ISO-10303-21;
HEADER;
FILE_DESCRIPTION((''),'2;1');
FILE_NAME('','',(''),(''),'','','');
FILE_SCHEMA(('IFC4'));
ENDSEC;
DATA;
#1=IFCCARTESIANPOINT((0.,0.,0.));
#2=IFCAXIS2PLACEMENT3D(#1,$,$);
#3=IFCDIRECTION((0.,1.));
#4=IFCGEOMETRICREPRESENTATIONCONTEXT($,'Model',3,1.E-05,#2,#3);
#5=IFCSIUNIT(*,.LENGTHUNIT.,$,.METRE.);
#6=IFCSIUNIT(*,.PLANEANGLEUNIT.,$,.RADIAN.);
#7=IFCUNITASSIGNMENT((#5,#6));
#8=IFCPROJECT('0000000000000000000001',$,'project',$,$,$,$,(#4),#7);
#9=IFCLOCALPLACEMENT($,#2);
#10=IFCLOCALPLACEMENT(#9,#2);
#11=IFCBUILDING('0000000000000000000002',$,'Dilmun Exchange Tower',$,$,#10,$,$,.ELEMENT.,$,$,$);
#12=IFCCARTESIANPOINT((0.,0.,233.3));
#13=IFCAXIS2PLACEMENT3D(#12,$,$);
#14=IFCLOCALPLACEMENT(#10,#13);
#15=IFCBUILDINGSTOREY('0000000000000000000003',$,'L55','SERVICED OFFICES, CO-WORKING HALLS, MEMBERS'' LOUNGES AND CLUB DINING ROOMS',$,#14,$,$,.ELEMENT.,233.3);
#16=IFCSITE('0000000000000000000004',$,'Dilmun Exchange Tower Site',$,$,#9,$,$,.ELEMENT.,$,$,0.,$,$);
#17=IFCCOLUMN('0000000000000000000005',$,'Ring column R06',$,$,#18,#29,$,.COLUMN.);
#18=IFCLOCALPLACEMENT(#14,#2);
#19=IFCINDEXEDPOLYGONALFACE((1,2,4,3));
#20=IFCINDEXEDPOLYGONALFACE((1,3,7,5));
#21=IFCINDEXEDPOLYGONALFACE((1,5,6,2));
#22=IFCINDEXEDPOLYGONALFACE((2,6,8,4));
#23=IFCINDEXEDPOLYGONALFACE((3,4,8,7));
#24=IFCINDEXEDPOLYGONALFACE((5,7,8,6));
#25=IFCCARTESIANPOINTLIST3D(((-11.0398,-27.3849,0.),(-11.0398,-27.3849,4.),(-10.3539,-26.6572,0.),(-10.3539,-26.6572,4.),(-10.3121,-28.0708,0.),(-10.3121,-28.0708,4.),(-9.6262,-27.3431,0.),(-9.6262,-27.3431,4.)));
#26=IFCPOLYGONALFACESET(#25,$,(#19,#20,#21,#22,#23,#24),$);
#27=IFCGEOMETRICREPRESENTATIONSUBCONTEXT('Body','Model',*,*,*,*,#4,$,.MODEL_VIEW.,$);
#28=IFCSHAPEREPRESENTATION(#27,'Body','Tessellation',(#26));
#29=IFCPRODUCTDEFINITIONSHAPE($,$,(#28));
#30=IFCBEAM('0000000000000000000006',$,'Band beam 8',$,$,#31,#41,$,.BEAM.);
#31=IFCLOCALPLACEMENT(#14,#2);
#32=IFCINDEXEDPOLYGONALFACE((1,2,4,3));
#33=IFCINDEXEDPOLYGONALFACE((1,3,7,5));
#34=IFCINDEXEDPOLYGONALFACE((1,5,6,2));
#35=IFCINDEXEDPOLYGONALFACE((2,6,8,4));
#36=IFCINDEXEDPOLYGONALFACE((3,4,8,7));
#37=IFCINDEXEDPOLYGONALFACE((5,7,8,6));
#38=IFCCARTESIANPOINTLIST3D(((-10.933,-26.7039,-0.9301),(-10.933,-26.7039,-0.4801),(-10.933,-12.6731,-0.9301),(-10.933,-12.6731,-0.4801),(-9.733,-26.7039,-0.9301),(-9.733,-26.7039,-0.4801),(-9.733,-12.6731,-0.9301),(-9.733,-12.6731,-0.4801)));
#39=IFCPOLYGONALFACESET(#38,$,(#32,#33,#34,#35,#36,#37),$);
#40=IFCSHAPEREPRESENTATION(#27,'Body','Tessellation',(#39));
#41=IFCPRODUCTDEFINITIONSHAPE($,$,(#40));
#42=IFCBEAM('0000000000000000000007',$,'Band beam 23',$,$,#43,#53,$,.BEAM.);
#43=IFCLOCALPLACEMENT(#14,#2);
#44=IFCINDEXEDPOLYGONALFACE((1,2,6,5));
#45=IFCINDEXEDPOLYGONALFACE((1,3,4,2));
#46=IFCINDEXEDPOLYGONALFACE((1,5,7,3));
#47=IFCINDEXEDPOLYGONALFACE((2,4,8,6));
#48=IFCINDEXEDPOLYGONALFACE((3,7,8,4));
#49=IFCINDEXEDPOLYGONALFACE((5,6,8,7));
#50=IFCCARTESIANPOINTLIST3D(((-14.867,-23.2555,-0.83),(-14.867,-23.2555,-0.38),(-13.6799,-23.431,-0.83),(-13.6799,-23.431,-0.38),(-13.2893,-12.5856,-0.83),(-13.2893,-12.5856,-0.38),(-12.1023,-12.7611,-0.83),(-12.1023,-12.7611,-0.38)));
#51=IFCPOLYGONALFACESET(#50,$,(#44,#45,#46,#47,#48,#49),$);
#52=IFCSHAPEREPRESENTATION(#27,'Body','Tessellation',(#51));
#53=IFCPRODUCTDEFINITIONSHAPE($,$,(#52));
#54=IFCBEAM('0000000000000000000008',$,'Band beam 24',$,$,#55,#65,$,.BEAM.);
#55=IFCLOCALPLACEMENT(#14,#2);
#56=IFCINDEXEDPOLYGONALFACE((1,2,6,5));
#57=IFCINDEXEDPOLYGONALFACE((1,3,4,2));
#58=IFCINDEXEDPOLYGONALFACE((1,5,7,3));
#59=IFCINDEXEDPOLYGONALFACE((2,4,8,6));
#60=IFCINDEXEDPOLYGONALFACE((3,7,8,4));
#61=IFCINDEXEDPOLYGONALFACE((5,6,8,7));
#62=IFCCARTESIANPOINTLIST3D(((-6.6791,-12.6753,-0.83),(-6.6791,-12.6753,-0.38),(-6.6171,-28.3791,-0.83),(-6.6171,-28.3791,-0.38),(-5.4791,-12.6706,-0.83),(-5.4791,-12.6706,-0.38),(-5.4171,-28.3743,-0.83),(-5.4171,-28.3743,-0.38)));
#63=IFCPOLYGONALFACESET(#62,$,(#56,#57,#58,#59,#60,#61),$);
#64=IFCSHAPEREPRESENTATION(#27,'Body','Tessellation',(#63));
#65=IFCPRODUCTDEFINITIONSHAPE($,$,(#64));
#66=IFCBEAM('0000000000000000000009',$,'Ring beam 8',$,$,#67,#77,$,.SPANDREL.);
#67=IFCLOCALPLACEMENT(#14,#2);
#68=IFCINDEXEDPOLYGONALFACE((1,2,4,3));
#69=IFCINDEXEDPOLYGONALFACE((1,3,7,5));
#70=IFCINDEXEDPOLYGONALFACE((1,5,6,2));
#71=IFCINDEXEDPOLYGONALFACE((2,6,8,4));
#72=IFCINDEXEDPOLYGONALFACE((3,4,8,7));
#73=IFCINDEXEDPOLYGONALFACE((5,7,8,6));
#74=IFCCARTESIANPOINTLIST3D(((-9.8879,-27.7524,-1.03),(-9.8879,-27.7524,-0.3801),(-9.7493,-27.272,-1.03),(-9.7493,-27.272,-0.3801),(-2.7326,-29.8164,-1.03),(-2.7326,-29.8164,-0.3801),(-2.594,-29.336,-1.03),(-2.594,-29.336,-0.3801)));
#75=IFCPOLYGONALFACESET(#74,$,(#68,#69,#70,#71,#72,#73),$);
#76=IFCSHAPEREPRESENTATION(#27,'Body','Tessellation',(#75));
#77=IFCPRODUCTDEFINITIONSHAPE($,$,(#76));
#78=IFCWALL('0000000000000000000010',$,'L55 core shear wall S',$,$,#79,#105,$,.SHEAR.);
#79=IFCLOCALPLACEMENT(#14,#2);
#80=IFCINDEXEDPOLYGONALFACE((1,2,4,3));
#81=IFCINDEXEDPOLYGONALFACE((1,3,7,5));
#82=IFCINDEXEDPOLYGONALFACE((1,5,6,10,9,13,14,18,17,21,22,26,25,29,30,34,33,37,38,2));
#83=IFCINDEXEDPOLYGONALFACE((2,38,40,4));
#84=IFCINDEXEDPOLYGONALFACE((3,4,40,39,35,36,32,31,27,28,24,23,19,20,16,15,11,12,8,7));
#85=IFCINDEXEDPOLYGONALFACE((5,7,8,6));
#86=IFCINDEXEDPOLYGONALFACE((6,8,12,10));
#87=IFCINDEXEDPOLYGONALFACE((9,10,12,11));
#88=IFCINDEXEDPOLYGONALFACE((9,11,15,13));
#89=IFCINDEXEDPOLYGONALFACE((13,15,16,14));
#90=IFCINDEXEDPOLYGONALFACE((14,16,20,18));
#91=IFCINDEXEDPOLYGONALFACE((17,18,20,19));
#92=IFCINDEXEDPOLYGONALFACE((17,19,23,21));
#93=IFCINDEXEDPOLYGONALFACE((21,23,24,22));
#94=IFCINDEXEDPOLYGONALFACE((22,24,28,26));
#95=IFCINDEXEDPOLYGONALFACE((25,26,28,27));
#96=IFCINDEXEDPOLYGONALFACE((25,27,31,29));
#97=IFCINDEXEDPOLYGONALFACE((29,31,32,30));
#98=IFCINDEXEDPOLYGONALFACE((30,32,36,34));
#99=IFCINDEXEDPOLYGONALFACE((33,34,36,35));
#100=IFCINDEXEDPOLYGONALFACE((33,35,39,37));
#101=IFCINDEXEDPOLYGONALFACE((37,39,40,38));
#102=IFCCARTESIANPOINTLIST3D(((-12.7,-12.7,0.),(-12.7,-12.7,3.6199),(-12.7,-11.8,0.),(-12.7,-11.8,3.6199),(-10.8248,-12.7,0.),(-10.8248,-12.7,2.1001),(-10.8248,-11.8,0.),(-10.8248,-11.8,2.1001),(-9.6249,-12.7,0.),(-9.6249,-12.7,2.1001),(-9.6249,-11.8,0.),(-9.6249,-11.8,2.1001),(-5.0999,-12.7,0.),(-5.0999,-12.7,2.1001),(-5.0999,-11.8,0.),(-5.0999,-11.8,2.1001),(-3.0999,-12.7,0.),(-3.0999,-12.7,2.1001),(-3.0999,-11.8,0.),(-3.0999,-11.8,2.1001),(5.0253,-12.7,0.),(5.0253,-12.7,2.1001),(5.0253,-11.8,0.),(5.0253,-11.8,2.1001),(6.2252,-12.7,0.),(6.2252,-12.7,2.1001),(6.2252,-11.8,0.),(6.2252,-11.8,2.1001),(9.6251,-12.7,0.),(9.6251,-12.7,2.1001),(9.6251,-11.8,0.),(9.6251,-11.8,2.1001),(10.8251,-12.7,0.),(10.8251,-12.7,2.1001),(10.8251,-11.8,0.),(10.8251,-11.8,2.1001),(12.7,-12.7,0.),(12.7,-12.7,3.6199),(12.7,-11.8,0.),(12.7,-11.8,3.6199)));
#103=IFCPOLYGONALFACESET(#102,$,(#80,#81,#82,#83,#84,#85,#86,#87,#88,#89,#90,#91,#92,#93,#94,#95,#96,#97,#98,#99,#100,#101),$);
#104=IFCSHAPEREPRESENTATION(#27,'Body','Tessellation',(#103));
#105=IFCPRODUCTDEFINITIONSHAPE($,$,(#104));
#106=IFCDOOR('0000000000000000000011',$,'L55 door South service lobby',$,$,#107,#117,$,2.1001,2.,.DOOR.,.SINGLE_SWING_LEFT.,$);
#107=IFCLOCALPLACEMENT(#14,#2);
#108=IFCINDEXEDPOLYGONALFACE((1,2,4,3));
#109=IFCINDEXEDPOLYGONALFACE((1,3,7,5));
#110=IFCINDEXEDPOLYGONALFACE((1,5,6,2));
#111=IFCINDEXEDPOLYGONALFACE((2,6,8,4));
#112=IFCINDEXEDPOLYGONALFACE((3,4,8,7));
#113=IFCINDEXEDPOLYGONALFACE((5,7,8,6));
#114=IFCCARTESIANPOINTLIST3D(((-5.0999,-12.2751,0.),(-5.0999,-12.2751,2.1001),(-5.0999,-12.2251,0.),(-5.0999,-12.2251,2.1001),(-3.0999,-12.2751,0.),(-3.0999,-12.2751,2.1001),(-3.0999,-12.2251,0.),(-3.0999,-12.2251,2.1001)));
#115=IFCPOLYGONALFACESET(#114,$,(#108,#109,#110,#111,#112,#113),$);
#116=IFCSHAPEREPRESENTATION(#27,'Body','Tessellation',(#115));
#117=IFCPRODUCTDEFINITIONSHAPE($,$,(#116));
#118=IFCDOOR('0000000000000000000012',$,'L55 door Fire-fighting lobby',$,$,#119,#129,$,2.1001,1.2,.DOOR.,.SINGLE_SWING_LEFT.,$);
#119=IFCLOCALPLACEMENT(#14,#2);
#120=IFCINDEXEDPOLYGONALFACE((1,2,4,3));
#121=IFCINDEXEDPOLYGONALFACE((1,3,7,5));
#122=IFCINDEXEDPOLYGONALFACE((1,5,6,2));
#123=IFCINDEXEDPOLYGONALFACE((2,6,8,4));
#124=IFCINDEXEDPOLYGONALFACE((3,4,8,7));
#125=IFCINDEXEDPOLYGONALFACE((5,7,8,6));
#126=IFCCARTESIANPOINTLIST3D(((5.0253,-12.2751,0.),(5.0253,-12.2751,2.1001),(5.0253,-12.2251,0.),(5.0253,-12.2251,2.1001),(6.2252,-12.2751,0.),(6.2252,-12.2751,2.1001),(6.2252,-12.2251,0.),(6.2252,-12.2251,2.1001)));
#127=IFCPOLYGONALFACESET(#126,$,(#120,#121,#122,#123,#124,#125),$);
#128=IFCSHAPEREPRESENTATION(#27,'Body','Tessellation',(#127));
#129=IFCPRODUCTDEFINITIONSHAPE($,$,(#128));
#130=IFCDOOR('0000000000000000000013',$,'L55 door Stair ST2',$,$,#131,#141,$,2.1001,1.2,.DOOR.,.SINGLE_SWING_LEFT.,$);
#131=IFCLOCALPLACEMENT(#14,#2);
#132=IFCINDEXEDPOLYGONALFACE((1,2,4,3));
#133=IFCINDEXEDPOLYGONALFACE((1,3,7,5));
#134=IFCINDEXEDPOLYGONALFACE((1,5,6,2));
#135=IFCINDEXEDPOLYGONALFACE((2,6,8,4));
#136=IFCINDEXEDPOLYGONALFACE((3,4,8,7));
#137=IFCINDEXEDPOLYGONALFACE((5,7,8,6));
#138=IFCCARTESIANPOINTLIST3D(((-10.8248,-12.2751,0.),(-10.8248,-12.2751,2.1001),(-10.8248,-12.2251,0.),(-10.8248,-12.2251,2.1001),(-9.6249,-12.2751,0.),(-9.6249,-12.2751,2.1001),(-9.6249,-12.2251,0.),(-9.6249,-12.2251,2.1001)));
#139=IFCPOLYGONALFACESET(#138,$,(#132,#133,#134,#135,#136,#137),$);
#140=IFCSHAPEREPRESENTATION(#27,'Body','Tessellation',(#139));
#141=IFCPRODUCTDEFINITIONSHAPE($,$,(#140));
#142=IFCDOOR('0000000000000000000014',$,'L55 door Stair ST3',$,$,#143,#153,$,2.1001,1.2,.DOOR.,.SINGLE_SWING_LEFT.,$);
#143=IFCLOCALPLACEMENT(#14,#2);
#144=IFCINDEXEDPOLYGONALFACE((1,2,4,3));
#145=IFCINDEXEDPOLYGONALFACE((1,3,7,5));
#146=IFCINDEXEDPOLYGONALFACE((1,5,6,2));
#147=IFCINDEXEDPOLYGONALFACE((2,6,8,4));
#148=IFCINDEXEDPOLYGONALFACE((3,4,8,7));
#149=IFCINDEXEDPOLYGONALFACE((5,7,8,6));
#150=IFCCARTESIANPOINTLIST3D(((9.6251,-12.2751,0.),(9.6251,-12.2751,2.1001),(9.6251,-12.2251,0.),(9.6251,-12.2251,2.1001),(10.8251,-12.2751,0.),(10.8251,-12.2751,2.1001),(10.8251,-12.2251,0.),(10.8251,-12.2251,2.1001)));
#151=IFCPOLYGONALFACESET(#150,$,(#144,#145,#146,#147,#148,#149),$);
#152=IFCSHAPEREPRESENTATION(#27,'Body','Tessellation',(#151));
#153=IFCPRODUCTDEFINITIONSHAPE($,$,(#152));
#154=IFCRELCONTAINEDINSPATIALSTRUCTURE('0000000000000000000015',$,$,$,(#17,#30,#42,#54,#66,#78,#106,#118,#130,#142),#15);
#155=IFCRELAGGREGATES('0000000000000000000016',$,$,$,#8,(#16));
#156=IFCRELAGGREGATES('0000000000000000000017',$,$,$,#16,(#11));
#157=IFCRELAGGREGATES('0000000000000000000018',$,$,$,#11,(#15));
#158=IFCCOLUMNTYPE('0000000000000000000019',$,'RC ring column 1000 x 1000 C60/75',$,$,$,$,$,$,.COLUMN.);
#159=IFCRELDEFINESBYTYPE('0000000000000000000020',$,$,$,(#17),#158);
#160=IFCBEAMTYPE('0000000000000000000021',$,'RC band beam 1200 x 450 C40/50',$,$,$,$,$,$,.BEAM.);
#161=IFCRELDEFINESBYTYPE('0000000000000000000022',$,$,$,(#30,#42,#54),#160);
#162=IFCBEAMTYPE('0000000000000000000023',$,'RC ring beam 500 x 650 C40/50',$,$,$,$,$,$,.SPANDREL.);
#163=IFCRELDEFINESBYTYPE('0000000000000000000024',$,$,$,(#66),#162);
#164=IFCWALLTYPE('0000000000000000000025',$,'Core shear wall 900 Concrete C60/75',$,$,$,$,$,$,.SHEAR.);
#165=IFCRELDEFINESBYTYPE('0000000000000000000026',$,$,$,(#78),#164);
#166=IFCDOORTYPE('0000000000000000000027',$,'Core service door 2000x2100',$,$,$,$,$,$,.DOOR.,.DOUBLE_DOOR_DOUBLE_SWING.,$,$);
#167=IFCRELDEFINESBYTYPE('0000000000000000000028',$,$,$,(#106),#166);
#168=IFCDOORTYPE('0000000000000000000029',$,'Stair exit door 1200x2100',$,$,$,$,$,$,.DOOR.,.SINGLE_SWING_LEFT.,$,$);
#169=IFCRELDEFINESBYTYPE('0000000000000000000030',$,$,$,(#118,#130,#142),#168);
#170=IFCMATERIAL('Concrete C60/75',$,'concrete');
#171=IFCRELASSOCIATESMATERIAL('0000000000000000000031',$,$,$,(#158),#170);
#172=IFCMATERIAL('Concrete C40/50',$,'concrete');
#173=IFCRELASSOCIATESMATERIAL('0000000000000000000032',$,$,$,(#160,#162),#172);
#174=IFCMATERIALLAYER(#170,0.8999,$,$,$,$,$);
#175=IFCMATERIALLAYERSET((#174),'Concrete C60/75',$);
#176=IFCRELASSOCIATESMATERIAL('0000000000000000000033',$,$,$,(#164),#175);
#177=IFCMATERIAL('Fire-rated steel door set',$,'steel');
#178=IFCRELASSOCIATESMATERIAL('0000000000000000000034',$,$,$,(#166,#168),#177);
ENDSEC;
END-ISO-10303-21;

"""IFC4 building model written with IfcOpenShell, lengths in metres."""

from ifc_helpers import new_model, si_unit, direction, frame, frame_2d, origin, origin_2d, place, context, subcontext, project, spatial, rectangle, extrude, material, layer, layer_set, material_profile, profile_set, type_object, element, fill, save


model = new_model("IFC4")

# Units and contexts
model_context = context("Model", 3, precision=1e-05, world=origin(), true_north=direction((0.0, 1.0)))
body_context = subcontext(model_context, "Body", "Model", "MODEL_VIEW")
ifc_project = project(units=[si_unit("LENGTHUNIT", "METRE"), si_unit("PLANEANGLEUNIT", "RADIAN")], contexts=[model_context])

# Site, building, storey
site_placement = place(None, origin())
site = spatial("IfcSite", under=ifc_project, at=site_placement, Name="Dilmun Exchange Tower Site", CompositionType="ELEMENT", RefElevation=0.0)
building_placement = place(site_placement, origin())
building = spatial("IfcBuilding", under=site, at=building_placement, Name="Dilmun Exchange Tower", CompositionType="ELEMENT")
storey_placement = place(building_placement, frame((0.0, 0.0, 233.3)))
storey = spatial("IfcBuildingStorey", under=building, at=storey_placement, Name="L55", Description="SERVICED OFFICES, CO-WORKING HALLS, MEMBERS' LOUNGES AND CLUB DINING ROOMS", CompositionType="ELEMENT", Elevation=233.3)

# Column
ifc_material_1 = material(Name="Concrete C60/75", Category="concrete")
ifc_material_profile_1 = material_profile(ifc_material_1, rectangle(XDim=1.0, YDim=1.0, at=origin_2d()), Name="1000 x 1000")
ifc_profile_set_1 = profile_set([ifc_material_profile_1], Name="Concrete C60/75")
column_type = type_object("IfcColumnType", Name="RC ring column 1000 x 1000 C60/75", PredefinedType="COLUMN", material=ifc_profile_set_1)
column_placement = place(storey_placement, frame((-10.333, -27.364, 0.0), z_axis=(0.0, 0.0, 1.0), x_axis=(0.685916, 0.727681, 0.0)))
element("IfcColumn", 1, at=column_placement, inside=storey, type_object=column_type, Name="Ring column R06", PredefinedType="COLUMN", context=body_context, shape_type="SweptSolid", body=[
    extrude(rectangle(XDim=1.0, YDim=1.0, at=origin_2d()), origin(), (0.0, 0.0, 1.0), 4.0),
])

# Beams
ifc_material_2 = material(Name="Concrete C40/50", Category="concrete")
ifc_material_profile_2 = material_profile(ifc_material_2, rectangle(XDim=1.2, YDim=0.45, at=origin_2d()), Name="1200 x 450")
ifc_profile_set_2 = profile_set([ifc_material_profile_2], Name="Concrete C40/50")
beam_type_1 = type_object("IfcBeamType", Name="RC band beam 1200 x 450 C40/50", PredefinedType="BEAM", material=ifc_profile_set_2)
beam_1_placement = place(storey_placement, frame((-10.333, -26.7039, -0.7051), z_axis=(0.0, 1.0, 0.0), x_axis=(-1.0, 0.0, 0.0)))
element("IfcBeam", 2, at=beam_1_placement, inside=storey, type_object=beam_type_1, Name="Band beam 8", PredefinedType="BEAM", context=body_context, shape_type="SweptSolid", body=[
    extrude(rectangle(XDim=1.2, YDim=0.45, at=origin_2d()), origin(), (0.0, 0.0, 1.0), 14.0308),
])
beam_2_placement = place(storey_placement, frame((-14.2734, -23.3433, -0.605), z_axis=(0.146268, 0.989245, 0.0), x_axis=(-0.989245, 0.146268, 0.0)))
element("IfcBeam", 3, at=beam_2_placement, inside=storey, type_object=beam_type_1, Name="Band beam 23", PredefinedType="BEAM", context=body_context, shape_type="SweptSolid", body=[
    extrude(rectangle(XDim=1.2, YDim=0.45, at=origin_2d()), origin(), (0.0, 0.0, 1.0), 10.7859),
])
beam_3_placement = place(storey_placement, frame((-6.0171, -28.3767, -0.605), z_axis=(-0.003949, 0.999992, 0.0), x_axis=(-0.999992, -0.003949, 0.0)))
element("IfcBeam", 4, at=beam_3_placement, inside=storey, type_object=beam_type_1, Name="Band beam 24", PredefinedType="BEAM", context=body_context, shape_type="SweptSolid", body=[
    extrude(rectangle(XDim=1.2, YDim=0.45, at=origin_2d()), origin(), (0.0, 0.0, 1.0), 15.7039),
])
ifc_material_profile_3 = material_profile(ifc_material_2, rectangle(XDim=0.5, YDim=0.6499, at=origin_2d()), Name="500 x 650")
ifc_profile_set_3 = profile_set([ifc_material_profile_3], Name="Concrete C40/50")
beam_type_2 = type_object("IfcBeamType", Name="RC ring beam 500 x 650 C40/50", PredefinedType="SPANDREL", material=ifc_profile_set_3)
beam_4_placement = place(storey_placement, frame((-9.8186, -27.5122, -0.7051), z_axis=(0.960826, -0.277154, 0.0), x_axis=(0.277154, 0.960826, 0.0)))
element("IfcBeam", 5, at=beam_4_placement, inside=storey, type_object=beam_type_2, Name="Ring beam 8", PredefinedType="SPANDREL", context=body_context, shape_type="SweptSolid", body=[
    extrude(rectangle(XDim=0.5, YDim=0.6499, at=origin_2d()), origin(), (0.0, 0.0, 1.0), 7.447),
])

# Wall, openings, doors
ifc_layer_1 = layer(ifc_material_1, 0.8999)
ifc_layer_set_1 = layer_set([ifc_layer_1], Name="Concrete C60/75")
wall_type_1 = type_object("IfcWallType", Name="Core shear wall 900 Concrete C60/75", PredefinedType="SHEAR", material=ifc_layer_set_1)
wall_1_placement = place(storey_placement, frame((-12.7, -12.25, 0.0), z_axis=(0.0, 0.0, 1.0), x_axis=(1.0, 0.0, 0.0)))
wall_1 = element("IfcWall", 6, at=wall_1_placement, inside=storey, type_object=wall_type_1, Name="L55 core shear wall S", PredefinedType="SHEAR", context=body_context, shape_type="SweptSolid", body=[
    extrude(rectangle(XDim=25.3999, YDim=0.8999, at=frame_2d((12.7, 0.0))), origin(), (0.0, 0.0, 1.0), 3.6199),
])
opening_1_placement = place(wall_1_placement, frame((7.6001, 0.0, 0.0)))
opening_1 = element("IfcOpeningElement", 7, at=opening_1_placement, cuts=wall_1, PredefinedType="OPENING", context=body_context, shape_type="SweptSolid", body=[
    extrude(rectangle(XDim=2.0, YDim=2.1001, at=frame_2d((1.0, 1.05))), frame((0.0, 0.46, 0.0), z_axis=(0.0, -1.0, 0.0), x_axis=(1.0, 0.0, 0.0)), (0.0, 0.0, 1.0), 0.9199),
])
opening_2_placement = place(wall_1_placement, frame((17.7251, 0.0, 0.0)))
opening_2 = element("IfcOpeningElement", 8, at=opening_2_placement, cuts=wall_1, PredefinedType="OPENING", context=body_context, shape_type="SweptSolid", body=[
    extrude(rectangle(XDim=1.2, YDim=2.1001, at=frame_2d((0.6001, 1.05))), frame((0.0, 0.46, 0.0), z_axis=(0.0, -1.0, 0.0), x_axis=(1.0, 0.0, 0.0)), (0.0, 0.0, 1.0), 0.9199),
])
opening_3_placement = place(wall_1_placement, frame((1.875, 0.0, 0.0)))
opening_3 = element("IfcOpeningElement", 9, at=opening_3_placement, cuts=wall_1, PredefinedType="OPENING", context=body_context, shape_type="SweptSolid", body=[
    extrude(rectangle(XDim=1.2, YDim=2.1001, at=frame_2d((0.6001, 1.05))), frame((0.0, 0.46, 0.0), z_axis=(0.0, -1.0, 0.0), x_axis=(1.0, 0.0, 0.0)), (0.0, 0.0, 1.0), 0.9199),
])
opening_4_placement = place(wall_1_placement, frame((22.325, 0.0, 0.0)))
opening_4 = element("IfcOpeningElement", 10, at=opening_4_placement, cuts=wall_1, PredefinedType="OPENING", context=body_context, shape_type="SweptSolid", body=[
    extrude(rectangle(XDim=1.2, YDim=2.1001, at=frame_2d((0.6001, 1.05))), frame((0.0, 0.46, 0.0), z_axis=(0.0, -1.0, 0.0), x_axis=(1.0, 0.0, 0.0)), (0.0, 0.0, 1.0), 0.9199),
])
ifc_material_3 = material(Name="Fire-rated steel door set", Category="steel")
door_type_1 = type_object("IfcDoorType", Name="Core service door 2000x2100", OperationType="DOUBLE_DOOR_DOUBLE_SWING", PredefinedType="DOOR", material=ifc_material_3)
door_1_placement = place(opening_1_placement, origin())
door_1 = element("IfcDoor", 11, at=door_1_placement, inside=storey, type_object=door_type_1, Name="L55 door South service lobby", OperationType="SINGLE_SWING_LEFT", OverallHeight=2.1001, OverallWidth=2.0, PredefinedType="DOOR", context=body_context, shape_type="SweptSolid", body=[
    extrude(rectangle(XDim=2.0, YDim=2.1001, at=frame_2d((1.0, 1.05))), frame((0.0, 0.0249, 0.0), z_axis=(0.0, -1.0, 0.0), x_axis=(1.0, 0.0, 0.0)), (0.0, 0.0, 1.0), 0.05),
])
fill(opening_1, door_1)
door_type_2 = type_object("IfcDoorType", Name="Stair exit door 1200x2100", OperationType="SINGLE_SWING_LEFT", PredefinedType="DOOR", material=ifc_material_3)
door_2_placement = place(opening_2_placement, origin())
door_2 = element("IfcDoor", 12, at=door_2_placement, inside=storey, type_object=door_type_2, Name="L55 door Fire-fighting lobby", OperationType="SINGLE_SWING_LEFT", OverallHeight=2.1001, OverallWidth=1.2, PredefinedType="DOOR", context=body_context, shape_type="SweptSolid", body=[
    extrude(rectangle(XDim=1.2, YDim=2.1001, at=frame_2d((0.6001, 1.05))), frame((0.0, 0.0249, 0.0), z_axis=(0.0, -1.0, 0.0), x_axis=(1.0, 0.0, 0.0)), (0.0, 0.0, 1.0), 0.05),
])
fill(opening_2, door_2)
door_3_placement = place(opening_3_placement, origin())
door_3 = element("IfcDoor", 13, at=door_3_placement, inside=storey, type_object=door_type_2, Name="L55 door Stair ST2", OperationType="SINGLE_SWING_LEFT", OverallHeight=2.1001, OverallWidth=1.2, PredefinedType="DOOR", context=body_context, shape_type="SweptSolid", body=[
    extrude(rectangle(XDim=1.2, YDim=2.1001, at=frame_2d((0.6001, 1.05))), frame((0.0, 0.0249, 0.0), z_axis=(0.0, -1.0, 0.0), x_axis=(1.0, 0.0, 0.0)), (0.0, 0.0, 1.0), 0.05),
])
fill(opening_3, door_3)
door_4_placement = place(opening_4_placement, origin())
door_4 = element("IfcDoor", 14, at=door_4_placement, inside=storey, type_object=door_type_2, Name="L55 door Stair ST3", OperationType="SINGLE_SWING_LEFT", OverallHeight=2.1001, OverallWidth=1.2, PredefinedType="DOOR", context=body_context, shape_type="SweptSolid", body=[
    extrude(rectangle(XDim=1.2, YDim=2.1001, at=frame_2d((0.6001, 1.05))), frame((0.0, 0.0249, 0.0), z_axis=(0.0, -1.0, 0.0), x_axis=(1.0, 0.0, 0.0)), (0.0, 0.0, 1.0), 0.05),
])
fill(opening_4, door_4)

save(model, "model.ifc")
